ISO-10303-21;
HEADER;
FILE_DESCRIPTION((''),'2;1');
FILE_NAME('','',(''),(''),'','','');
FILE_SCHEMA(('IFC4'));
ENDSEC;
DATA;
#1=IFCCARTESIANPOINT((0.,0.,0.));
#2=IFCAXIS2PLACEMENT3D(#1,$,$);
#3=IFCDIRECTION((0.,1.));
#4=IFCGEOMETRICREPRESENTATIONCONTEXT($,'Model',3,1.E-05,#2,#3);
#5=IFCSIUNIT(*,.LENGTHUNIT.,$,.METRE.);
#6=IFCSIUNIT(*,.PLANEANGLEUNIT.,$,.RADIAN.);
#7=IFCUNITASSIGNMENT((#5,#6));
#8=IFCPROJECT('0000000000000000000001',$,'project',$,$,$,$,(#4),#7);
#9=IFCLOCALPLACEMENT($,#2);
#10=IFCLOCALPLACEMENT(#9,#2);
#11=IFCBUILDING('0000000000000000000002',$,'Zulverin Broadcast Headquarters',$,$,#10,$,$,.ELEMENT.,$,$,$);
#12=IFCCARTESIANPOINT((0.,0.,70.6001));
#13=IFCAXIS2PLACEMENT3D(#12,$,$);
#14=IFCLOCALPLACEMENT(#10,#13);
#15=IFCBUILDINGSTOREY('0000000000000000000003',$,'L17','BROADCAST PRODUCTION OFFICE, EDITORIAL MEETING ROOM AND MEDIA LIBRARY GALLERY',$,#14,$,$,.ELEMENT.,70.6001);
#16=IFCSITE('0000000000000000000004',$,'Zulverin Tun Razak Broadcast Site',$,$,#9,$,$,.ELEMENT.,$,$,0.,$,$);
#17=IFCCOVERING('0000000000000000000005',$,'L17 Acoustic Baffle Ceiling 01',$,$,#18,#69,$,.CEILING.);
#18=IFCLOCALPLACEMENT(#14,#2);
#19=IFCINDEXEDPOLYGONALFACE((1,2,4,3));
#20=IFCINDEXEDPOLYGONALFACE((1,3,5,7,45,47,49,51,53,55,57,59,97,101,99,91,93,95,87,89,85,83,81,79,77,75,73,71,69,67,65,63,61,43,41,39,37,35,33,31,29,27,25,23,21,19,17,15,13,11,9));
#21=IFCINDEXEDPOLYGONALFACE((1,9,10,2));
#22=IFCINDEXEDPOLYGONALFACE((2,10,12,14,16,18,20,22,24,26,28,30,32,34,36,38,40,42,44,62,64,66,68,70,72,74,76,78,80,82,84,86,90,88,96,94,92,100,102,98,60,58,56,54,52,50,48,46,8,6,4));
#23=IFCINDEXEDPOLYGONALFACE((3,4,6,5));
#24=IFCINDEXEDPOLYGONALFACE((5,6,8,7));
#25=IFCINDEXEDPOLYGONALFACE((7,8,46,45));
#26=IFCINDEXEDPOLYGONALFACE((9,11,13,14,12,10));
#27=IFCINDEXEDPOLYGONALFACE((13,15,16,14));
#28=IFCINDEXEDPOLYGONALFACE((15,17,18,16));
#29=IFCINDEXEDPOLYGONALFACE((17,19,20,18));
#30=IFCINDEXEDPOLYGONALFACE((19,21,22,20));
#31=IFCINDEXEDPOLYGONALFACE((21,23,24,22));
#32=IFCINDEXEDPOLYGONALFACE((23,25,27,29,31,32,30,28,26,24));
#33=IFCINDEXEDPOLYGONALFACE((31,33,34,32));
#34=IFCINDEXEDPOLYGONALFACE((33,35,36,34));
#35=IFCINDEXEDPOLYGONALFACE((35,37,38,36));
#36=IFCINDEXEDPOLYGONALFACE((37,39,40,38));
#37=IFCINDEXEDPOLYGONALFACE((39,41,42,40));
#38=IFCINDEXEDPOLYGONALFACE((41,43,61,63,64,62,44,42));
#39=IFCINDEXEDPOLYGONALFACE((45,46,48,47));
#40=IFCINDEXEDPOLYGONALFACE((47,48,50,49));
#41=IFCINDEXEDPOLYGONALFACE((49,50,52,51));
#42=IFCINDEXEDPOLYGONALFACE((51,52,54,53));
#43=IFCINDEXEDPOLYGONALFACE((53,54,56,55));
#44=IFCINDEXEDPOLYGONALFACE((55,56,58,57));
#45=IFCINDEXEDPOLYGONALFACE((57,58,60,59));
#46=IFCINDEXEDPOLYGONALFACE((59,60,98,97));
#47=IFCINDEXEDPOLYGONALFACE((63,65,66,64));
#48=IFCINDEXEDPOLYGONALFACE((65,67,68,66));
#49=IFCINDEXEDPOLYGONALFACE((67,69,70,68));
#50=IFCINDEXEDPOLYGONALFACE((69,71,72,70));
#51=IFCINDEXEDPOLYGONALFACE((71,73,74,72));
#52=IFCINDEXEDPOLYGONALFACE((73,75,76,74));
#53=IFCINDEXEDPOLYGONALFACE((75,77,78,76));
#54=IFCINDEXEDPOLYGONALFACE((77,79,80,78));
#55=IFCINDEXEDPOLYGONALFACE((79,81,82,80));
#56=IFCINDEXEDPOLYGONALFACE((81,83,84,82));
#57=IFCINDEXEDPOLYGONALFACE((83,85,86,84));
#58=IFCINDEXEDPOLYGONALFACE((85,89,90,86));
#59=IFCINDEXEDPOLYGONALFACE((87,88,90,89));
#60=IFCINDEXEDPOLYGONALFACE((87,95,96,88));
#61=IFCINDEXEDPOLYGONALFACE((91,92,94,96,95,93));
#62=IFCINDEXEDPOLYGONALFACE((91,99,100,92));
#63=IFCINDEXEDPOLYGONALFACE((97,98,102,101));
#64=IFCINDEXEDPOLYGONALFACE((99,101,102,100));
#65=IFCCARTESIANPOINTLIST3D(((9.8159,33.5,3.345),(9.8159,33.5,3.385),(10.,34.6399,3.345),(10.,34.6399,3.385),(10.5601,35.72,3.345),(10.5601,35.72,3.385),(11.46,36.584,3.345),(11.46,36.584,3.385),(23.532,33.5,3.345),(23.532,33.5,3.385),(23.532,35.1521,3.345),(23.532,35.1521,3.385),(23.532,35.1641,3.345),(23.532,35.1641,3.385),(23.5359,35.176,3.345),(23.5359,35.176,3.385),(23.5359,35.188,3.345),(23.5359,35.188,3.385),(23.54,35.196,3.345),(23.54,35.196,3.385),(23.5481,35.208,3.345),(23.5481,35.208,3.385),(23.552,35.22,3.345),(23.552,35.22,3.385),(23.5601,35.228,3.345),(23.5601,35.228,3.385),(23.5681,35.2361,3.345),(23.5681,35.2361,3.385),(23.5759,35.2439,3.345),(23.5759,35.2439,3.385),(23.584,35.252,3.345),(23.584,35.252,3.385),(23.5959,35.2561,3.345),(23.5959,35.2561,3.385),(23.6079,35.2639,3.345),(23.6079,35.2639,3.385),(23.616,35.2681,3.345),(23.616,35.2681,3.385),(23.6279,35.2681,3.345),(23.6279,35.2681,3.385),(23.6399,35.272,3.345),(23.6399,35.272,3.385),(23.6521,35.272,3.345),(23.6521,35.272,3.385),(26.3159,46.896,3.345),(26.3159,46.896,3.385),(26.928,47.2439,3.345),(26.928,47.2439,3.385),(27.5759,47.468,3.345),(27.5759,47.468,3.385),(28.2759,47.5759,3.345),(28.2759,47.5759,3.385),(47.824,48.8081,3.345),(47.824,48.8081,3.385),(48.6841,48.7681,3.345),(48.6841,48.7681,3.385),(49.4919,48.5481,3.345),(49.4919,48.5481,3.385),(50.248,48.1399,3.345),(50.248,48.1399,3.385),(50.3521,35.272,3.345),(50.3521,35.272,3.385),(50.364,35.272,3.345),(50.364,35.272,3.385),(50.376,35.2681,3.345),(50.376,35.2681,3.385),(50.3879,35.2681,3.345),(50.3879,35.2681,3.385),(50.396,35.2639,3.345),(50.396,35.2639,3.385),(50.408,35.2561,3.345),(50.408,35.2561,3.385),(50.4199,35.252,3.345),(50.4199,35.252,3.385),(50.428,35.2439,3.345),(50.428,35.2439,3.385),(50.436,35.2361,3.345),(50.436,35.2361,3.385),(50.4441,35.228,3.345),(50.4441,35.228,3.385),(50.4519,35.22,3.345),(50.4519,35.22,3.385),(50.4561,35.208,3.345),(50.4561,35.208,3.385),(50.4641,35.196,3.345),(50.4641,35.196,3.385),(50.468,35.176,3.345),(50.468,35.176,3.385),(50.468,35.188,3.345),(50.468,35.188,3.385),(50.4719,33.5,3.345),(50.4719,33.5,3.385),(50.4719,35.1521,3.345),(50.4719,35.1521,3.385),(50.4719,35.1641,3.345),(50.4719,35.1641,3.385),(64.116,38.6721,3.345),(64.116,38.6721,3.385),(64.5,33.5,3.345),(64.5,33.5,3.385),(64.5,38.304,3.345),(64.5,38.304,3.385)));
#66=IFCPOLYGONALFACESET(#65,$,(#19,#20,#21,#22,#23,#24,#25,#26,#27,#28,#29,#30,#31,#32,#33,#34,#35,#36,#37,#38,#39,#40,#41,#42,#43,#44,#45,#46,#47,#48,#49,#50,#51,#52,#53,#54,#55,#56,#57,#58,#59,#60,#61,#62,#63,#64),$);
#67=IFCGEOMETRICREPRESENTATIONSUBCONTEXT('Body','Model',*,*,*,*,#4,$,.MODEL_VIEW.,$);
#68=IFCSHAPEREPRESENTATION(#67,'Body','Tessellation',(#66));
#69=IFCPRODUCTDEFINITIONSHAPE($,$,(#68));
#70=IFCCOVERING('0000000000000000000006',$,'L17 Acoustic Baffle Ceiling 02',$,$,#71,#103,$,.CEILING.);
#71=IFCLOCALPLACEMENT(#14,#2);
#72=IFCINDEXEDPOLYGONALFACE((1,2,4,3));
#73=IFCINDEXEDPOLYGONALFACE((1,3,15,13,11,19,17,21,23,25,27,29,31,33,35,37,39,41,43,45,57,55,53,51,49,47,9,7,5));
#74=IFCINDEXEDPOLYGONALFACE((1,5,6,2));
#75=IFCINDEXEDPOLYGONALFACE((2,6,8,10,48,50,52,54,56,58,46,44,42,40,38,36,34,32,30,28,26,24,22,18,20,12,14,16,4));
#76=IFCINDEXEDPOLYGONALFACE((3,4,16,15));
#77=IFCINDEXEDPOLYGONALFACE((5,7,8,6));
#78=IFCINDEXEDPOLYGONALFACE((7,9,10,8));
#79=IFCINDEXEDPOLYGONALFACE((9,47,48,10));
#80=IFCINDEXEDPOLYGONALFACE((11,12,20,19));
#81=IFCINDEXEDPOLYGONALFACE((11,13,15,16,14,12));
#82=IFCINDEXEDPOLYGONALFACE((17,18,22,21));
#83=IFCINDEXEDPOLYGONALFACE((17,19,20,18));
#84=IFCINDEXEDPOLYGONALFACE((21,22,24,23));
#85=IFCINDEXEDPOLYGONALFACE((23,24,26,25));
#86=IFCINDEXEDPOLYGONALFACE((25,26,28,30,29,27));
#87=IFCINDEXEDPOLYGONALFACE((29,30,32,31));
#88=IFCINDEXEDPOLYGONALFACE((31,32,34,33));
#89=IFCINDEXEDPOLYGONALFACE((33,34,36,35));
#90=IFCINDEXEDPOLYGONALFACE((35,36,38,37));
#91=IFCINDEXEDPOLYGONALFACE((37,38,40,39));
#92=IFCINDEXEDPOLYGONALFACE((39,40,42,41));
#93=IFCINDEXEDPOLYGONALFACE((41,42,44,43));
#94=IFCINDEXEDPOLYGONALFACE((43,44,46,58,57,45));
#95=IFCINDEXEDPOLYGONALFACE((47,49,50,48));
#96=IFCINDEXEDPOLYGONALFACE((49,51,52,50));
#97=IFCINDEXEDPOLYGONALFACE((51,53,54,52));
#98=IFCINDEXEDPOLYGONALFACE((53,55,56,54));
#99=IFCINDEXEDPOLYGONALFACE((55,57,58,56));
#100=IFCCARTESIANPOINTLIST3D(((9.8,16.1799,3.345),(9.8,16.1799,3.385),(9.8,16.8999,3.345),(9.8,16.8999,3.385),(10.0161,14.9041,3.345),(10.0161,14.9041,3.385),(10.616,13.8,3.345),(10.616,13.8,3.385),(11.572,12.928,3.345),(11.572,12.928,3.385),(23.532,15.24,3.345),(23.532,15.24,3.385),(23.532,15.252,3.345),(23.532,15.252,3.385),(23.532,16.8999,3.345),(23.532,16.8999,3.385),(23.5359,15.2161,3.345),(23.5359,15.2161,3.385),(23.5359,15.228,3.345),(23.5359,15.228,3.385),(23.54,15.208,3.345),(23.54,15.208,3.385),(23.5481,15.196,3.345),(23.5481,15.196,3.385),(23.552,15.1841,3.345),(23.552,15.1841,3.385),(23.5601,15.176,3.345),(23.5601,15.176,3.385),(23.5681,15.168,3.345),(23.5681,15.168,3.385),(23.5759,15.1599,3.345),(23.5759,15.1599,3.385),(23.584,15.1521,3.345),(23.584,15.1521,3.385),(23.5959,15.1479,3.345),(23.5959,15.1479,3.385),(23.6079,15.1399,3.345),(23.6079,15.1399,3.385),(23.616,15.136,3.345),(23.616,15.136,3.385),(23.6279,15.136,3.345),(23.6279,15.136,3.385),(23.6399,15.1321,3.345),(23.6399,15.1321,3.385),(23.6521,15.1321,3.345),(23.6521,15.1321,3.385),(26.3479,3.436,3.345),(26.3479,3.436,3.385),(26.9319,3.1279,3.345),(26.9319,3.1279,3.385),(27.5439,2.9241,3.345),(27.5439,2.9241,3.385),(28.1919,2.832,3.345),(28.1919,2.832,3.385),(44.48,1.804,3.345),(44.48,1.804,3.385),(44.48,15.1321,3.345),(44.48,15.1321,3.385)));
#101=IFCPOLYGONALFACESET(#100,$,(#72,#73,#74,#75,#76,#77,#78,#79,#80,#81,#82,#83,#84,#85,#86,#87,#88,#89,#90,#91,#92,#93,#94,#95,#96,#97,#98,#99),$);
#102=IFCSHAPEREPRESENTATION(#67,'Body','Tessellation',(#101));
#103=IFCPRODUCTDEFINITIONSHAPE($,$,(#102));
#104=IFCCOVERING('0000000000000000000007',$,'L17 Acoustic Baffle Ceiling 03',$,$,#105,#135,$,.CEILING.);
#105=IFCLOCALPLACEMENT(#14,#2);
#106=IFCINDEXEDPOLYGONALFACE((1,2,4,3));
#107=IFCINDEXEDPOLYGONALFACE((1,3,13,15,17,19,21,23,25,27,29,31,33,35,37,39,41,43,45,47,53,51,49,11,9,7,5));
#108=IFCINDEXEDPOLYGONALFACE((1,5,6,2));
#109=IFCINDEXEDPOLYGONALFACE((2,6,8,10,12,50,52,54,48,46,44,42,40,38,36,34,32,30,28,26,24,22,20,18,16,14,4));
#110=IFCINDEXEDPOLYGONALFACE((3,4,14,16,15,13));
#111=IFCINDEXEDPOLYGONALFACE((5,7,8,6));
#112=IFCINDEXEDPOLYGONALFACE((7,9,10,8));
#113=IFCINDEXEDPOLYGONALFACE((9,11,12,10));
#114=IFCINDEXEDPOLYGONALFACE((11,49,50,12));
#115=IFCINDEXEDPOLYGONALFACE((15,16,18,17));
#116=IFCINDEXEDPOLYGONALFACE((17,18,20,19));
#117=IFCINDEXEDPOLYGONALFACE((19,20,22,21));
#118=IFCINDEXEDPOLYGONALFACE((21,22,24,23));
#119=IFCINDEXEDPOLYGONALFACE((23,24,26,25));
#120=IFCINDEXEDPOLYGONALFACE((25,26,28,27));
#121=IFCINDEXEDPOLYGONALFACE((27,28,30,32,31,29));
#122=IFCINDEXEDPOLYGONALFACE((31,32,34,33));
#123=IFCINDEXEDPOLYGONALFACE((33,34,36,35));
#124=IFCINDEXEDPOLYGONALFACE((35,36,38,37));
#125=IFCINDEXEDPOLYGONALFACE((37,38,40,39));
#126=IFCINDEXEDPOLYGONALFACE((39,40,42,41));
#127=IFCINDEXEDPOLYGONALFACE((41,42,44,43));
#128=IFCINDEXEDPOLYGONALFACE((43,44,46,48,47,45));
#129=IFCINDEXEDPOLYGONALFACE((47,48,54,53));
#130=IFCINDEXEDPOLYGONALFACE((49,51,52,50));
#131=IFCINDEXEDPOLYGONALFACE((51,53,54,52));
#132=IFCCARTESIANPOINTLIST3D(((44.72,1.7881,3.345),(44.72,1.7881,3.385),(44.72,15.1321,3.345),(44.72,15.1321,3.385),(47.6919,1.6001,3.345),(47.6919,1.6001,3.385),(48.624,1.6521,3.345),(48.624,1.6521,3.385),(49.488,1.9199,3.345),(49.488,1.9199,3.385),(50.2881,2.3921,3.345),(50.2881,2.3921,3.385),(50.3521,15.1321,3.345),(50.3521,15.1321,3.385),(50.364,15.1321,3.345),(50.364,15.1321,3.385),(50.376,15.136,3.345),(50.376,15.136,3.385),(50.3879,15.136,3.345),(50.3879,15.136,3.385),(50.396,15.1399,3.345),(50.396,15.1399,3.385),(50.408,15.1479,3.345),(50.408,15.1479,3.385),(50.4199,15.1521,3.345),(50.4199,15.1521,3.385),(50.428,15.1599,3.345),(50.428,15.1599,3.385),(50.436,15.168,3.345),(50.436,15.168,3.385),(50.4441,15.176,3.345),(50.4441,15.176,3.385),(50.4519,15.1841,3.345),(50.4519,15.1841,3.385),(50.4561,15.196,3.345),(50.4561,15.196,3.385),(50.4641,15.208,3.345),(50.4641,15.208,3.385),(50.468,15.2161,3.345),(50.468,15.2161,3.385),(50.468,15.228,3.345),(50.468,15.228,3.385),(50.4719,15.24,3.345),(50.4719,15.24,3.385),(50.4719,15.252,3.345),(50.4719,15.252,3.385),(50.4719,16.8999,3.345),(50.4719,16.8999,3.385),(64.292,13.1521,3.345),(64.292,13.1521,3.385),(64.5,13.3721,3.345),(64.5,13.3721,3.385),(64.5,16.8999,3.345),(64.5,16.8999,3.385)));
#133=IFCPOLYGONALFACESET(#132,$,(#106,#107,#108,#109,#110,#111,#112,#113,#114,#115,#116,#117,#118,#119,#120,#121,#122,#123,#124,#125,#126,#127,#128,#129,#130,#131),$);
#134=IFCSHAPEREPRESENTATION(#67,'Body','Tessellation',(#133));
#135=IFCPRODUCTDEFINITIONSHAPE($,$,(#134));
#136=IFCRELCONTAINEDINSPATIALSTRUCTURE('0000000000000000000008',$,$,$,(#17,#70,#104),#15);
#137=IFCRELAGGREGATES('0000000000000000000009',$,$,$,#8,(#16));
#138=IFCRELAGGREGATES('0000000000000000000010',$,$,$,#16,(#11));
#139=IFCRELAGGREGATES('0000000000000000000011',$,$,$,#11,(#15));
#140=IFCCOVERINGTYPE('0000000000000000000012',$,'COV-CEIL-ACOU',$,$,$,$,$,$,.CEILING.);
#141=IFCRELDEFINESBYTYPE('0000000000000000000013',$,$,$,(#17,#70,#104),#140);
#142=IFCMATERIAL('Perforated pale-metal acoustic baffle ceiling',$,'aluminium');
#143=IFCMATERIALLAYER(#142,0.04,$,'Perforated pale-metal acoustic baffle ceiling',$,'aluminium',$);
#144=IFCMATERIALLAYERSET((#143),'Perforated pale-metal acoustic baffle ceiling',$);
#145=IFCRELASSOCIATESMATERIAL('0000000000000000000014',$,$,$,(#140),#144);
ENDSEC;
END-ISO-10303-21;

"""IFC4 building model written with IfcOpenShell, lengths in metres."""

from ifc_helpers import new_model, si_unit, direction, frame, origin, place, context, subcontext, project, spatial, polyline, outline, extrude, material, layer, layer_set, type_object, element, save


model = new_model("IFC4")

# Units and contexts
model_context = context("Model", 3, precision=1e-05, world=origin(), true_north=direction((0.0, 1.0)))
body_context = subcontext(model_context, "Body", "Model", "MODEL_VIEW")
ifc_project = project(units=[si_unit("LENGTHUNIT", "METRE"), si_unit("PLANEANGLEUNIT", "RADIAN")], contexts=[model_context])

# Site, building, storey
site_placement = place(None, origin())
site = spatial("IfcSite", under=ifc_project, at=site_placement, Name="Zulverin Tun Razak Broadcast Site", CompositionType="ELEMENT", RefElevation=0.0)
building_placement = place(site_placement, origin())
building = spatial("IfcBuilding", under=site, at=building_placement, Name="Zulverin Broadcast Headquarters", CompositionType="ELEMENT")
storey_placement = place(building_placement, frame((0.0, 0.0, 70.6001)))
storey = spatial("IfcBuildingStorey", under=building, at=storey_placement, Name="L17", Description="BROADCAST PRODUCTION OFFICE, EDITORIAL MEETING ROOM AND MEDIA LIBRARY GALLERY", CompositionType="ELEMENT", Elevation=70.6001)

# Coverings
ifc_material_1 = material(Name="Perforated pale-metal acoustic baffle ceiling", Category="aluminium")
ifc_layer_1 = layer(ifc_material_1, 0.04, Name="Perforated pale-metal acoustic baffle ceiling", Category="aluminium")
ifc_layer_set_1 = layer_set([ifc_layer_1], Name="Perforated pale-metal acoustic baffle ceiling")
covering_type_1 = type_object("IfcCoveringType", Name="COV-CEIL-ACOU", PredefinedType="CEILING", material=ifc_layer_set_1)
covering_1_placement = place(storey_placement, frame((0.0, 0.0, 3.345)))
element("IfcCovering", 1, at=covering_1_placement, inside=storey, type_object=covering_type_1, Name="L17 Acoustic Baffle Ceiling 01", PredefinedType="CEILING", context=body_context, shape_type="SweptSolid", body=[
    extrude(outline(polyline([(11.46, 36.584), (10.5601, 35.72), (10.0, 34.6399), (9.8159, 33.5), (23.532, 33.5), (23.532, 35.1521), (23.532, 35.1641), (23.5359, 35.176), (23.5359, 35.188), (23.54, 35.196), (23.5481, 35.208), (23.552, 35.22), (23.5601, 35.228), (23.5681, 35.2361), (23.5759, 35.2439), (23.584, 35.252), (23.5959, 35.2561), (23.6079, 35.2639), (23.616, 35.2681), (23.6279, 35.2681), (23.6399, 35.272), (23.6521, 35.272), (50.3521, 35.272), (50.364, 35.272), (50.376, 35.2681), (50.3879, 35.2681), (50.396, 35.2639), (50.408, 35.2561), (50.4199, 35.252), (50.428, 35.2439), (50.436, 35.2361), (50.4441, 35.228), (50.4519, 35.22), (50.4561, 35.208), (50.4641, 35.196), (50.468, 35.188), (50.468, 35.176), (50.4719, 35.1641), (50.4719, 35.1521), (50.4719, 33.5), (64.5, 33.5), (64.5, 38.304), (64.116, 38.6721), (50.248, 48.1399), (49.4919, 48.5481), (48.6841, 48.7681), (47.824, 48.8081), (28.2759, 47.5759), (27.5759, 47.468), (26.928, 47.2439), (26.3159, 46.896), (11.46, 36.584)])), origin(), (0.0, 0.0, 1.0), 0.04),
])
covering_2_placement = place(storey_placement, frame((0.0, 0.0, 3.345)))
element("IfcCovering", 2, at=covering_2_placement, inside=storey, type_object=covering_type_1, Name="L17 Acoustic Baffle Ceiling 02", PredefinedType="CEILING", context=body_context, shape_type="SweptSolid", body=[
    extrude(outline(polyline([(23.5359, 15.228), (23.532, 15.24), (23.532, 15.252), (23.532, 16.8999), (9.8, 16.8999), (9.8, 16.1799), (10.0161, 14.9041), (10.616, 13.8), (11.572, 12.928), (26.3479, 3.436), (26.9319, 3.1279), (27.5439, 2.9241), (28.1919, 2.832), (44.48, 1.804), (44.48, 15.1321), (23.6521, 15.1321), (23.6399, 15.1321), (23.6279, 15.136), (23.616, 15.136), (23.6079, 15.1399), (23.5959, 15.1479), (23.584, 15.1521), (23.5759, 15.1599), (23.5681, 15.168), (23.5601, 15.176), (23.552, 15.1841), (23.5481, 15.196), (23.54, 15.208), (23.5359, 15.2161), (23.5359, 15.228)])), origin(), (0.0, 0.0, 1.0), 0.04),
])
covering_3_placement = place(storey_placement, frame((0.0, 0.0, 3.345)))
element("IfcCovering", 3, at=covering_3_placement, inside=storey, type_object=covering_type_1, Name="L17 Acoustic Baffle Ceiling 03", PredefinedType="CEILING", context=body_context, shape_type="SweptSolid", body=[
    extrude(outline(polyline([(49.488, 1.9199), (50.2881, 2.3921), (64.292, 13.1521), (64.5, 13.3721), (64.5, 16.8999), (50.4719, 16.8999), (50.4719, 15.252), (50.4719, 15.24), (50.468, 15.228), (50.468, 15.2161), (50.4641, 15.208), (50.4561, 15.196), (50.4519, 15.1841), (50.4441, 15.176), (50.436, 15.168), (50.428, 15.1599), (50.4199, 15.1521), (50.408, 15.1479), (50.396, 15.1399), (50.3879, 15.136), (50.376, 15.136), (50.364, 15.1321), (50.3521, 15.1321), (44.72, 15.1321), (44.72, 1.7881), (47.6919, 1.6001), (48.624, 1.6521), (49.488, 1.9199)])), origin(), (0.0, 0.0, 1.0), 0.04),
])

save(model, "model.ifc")
